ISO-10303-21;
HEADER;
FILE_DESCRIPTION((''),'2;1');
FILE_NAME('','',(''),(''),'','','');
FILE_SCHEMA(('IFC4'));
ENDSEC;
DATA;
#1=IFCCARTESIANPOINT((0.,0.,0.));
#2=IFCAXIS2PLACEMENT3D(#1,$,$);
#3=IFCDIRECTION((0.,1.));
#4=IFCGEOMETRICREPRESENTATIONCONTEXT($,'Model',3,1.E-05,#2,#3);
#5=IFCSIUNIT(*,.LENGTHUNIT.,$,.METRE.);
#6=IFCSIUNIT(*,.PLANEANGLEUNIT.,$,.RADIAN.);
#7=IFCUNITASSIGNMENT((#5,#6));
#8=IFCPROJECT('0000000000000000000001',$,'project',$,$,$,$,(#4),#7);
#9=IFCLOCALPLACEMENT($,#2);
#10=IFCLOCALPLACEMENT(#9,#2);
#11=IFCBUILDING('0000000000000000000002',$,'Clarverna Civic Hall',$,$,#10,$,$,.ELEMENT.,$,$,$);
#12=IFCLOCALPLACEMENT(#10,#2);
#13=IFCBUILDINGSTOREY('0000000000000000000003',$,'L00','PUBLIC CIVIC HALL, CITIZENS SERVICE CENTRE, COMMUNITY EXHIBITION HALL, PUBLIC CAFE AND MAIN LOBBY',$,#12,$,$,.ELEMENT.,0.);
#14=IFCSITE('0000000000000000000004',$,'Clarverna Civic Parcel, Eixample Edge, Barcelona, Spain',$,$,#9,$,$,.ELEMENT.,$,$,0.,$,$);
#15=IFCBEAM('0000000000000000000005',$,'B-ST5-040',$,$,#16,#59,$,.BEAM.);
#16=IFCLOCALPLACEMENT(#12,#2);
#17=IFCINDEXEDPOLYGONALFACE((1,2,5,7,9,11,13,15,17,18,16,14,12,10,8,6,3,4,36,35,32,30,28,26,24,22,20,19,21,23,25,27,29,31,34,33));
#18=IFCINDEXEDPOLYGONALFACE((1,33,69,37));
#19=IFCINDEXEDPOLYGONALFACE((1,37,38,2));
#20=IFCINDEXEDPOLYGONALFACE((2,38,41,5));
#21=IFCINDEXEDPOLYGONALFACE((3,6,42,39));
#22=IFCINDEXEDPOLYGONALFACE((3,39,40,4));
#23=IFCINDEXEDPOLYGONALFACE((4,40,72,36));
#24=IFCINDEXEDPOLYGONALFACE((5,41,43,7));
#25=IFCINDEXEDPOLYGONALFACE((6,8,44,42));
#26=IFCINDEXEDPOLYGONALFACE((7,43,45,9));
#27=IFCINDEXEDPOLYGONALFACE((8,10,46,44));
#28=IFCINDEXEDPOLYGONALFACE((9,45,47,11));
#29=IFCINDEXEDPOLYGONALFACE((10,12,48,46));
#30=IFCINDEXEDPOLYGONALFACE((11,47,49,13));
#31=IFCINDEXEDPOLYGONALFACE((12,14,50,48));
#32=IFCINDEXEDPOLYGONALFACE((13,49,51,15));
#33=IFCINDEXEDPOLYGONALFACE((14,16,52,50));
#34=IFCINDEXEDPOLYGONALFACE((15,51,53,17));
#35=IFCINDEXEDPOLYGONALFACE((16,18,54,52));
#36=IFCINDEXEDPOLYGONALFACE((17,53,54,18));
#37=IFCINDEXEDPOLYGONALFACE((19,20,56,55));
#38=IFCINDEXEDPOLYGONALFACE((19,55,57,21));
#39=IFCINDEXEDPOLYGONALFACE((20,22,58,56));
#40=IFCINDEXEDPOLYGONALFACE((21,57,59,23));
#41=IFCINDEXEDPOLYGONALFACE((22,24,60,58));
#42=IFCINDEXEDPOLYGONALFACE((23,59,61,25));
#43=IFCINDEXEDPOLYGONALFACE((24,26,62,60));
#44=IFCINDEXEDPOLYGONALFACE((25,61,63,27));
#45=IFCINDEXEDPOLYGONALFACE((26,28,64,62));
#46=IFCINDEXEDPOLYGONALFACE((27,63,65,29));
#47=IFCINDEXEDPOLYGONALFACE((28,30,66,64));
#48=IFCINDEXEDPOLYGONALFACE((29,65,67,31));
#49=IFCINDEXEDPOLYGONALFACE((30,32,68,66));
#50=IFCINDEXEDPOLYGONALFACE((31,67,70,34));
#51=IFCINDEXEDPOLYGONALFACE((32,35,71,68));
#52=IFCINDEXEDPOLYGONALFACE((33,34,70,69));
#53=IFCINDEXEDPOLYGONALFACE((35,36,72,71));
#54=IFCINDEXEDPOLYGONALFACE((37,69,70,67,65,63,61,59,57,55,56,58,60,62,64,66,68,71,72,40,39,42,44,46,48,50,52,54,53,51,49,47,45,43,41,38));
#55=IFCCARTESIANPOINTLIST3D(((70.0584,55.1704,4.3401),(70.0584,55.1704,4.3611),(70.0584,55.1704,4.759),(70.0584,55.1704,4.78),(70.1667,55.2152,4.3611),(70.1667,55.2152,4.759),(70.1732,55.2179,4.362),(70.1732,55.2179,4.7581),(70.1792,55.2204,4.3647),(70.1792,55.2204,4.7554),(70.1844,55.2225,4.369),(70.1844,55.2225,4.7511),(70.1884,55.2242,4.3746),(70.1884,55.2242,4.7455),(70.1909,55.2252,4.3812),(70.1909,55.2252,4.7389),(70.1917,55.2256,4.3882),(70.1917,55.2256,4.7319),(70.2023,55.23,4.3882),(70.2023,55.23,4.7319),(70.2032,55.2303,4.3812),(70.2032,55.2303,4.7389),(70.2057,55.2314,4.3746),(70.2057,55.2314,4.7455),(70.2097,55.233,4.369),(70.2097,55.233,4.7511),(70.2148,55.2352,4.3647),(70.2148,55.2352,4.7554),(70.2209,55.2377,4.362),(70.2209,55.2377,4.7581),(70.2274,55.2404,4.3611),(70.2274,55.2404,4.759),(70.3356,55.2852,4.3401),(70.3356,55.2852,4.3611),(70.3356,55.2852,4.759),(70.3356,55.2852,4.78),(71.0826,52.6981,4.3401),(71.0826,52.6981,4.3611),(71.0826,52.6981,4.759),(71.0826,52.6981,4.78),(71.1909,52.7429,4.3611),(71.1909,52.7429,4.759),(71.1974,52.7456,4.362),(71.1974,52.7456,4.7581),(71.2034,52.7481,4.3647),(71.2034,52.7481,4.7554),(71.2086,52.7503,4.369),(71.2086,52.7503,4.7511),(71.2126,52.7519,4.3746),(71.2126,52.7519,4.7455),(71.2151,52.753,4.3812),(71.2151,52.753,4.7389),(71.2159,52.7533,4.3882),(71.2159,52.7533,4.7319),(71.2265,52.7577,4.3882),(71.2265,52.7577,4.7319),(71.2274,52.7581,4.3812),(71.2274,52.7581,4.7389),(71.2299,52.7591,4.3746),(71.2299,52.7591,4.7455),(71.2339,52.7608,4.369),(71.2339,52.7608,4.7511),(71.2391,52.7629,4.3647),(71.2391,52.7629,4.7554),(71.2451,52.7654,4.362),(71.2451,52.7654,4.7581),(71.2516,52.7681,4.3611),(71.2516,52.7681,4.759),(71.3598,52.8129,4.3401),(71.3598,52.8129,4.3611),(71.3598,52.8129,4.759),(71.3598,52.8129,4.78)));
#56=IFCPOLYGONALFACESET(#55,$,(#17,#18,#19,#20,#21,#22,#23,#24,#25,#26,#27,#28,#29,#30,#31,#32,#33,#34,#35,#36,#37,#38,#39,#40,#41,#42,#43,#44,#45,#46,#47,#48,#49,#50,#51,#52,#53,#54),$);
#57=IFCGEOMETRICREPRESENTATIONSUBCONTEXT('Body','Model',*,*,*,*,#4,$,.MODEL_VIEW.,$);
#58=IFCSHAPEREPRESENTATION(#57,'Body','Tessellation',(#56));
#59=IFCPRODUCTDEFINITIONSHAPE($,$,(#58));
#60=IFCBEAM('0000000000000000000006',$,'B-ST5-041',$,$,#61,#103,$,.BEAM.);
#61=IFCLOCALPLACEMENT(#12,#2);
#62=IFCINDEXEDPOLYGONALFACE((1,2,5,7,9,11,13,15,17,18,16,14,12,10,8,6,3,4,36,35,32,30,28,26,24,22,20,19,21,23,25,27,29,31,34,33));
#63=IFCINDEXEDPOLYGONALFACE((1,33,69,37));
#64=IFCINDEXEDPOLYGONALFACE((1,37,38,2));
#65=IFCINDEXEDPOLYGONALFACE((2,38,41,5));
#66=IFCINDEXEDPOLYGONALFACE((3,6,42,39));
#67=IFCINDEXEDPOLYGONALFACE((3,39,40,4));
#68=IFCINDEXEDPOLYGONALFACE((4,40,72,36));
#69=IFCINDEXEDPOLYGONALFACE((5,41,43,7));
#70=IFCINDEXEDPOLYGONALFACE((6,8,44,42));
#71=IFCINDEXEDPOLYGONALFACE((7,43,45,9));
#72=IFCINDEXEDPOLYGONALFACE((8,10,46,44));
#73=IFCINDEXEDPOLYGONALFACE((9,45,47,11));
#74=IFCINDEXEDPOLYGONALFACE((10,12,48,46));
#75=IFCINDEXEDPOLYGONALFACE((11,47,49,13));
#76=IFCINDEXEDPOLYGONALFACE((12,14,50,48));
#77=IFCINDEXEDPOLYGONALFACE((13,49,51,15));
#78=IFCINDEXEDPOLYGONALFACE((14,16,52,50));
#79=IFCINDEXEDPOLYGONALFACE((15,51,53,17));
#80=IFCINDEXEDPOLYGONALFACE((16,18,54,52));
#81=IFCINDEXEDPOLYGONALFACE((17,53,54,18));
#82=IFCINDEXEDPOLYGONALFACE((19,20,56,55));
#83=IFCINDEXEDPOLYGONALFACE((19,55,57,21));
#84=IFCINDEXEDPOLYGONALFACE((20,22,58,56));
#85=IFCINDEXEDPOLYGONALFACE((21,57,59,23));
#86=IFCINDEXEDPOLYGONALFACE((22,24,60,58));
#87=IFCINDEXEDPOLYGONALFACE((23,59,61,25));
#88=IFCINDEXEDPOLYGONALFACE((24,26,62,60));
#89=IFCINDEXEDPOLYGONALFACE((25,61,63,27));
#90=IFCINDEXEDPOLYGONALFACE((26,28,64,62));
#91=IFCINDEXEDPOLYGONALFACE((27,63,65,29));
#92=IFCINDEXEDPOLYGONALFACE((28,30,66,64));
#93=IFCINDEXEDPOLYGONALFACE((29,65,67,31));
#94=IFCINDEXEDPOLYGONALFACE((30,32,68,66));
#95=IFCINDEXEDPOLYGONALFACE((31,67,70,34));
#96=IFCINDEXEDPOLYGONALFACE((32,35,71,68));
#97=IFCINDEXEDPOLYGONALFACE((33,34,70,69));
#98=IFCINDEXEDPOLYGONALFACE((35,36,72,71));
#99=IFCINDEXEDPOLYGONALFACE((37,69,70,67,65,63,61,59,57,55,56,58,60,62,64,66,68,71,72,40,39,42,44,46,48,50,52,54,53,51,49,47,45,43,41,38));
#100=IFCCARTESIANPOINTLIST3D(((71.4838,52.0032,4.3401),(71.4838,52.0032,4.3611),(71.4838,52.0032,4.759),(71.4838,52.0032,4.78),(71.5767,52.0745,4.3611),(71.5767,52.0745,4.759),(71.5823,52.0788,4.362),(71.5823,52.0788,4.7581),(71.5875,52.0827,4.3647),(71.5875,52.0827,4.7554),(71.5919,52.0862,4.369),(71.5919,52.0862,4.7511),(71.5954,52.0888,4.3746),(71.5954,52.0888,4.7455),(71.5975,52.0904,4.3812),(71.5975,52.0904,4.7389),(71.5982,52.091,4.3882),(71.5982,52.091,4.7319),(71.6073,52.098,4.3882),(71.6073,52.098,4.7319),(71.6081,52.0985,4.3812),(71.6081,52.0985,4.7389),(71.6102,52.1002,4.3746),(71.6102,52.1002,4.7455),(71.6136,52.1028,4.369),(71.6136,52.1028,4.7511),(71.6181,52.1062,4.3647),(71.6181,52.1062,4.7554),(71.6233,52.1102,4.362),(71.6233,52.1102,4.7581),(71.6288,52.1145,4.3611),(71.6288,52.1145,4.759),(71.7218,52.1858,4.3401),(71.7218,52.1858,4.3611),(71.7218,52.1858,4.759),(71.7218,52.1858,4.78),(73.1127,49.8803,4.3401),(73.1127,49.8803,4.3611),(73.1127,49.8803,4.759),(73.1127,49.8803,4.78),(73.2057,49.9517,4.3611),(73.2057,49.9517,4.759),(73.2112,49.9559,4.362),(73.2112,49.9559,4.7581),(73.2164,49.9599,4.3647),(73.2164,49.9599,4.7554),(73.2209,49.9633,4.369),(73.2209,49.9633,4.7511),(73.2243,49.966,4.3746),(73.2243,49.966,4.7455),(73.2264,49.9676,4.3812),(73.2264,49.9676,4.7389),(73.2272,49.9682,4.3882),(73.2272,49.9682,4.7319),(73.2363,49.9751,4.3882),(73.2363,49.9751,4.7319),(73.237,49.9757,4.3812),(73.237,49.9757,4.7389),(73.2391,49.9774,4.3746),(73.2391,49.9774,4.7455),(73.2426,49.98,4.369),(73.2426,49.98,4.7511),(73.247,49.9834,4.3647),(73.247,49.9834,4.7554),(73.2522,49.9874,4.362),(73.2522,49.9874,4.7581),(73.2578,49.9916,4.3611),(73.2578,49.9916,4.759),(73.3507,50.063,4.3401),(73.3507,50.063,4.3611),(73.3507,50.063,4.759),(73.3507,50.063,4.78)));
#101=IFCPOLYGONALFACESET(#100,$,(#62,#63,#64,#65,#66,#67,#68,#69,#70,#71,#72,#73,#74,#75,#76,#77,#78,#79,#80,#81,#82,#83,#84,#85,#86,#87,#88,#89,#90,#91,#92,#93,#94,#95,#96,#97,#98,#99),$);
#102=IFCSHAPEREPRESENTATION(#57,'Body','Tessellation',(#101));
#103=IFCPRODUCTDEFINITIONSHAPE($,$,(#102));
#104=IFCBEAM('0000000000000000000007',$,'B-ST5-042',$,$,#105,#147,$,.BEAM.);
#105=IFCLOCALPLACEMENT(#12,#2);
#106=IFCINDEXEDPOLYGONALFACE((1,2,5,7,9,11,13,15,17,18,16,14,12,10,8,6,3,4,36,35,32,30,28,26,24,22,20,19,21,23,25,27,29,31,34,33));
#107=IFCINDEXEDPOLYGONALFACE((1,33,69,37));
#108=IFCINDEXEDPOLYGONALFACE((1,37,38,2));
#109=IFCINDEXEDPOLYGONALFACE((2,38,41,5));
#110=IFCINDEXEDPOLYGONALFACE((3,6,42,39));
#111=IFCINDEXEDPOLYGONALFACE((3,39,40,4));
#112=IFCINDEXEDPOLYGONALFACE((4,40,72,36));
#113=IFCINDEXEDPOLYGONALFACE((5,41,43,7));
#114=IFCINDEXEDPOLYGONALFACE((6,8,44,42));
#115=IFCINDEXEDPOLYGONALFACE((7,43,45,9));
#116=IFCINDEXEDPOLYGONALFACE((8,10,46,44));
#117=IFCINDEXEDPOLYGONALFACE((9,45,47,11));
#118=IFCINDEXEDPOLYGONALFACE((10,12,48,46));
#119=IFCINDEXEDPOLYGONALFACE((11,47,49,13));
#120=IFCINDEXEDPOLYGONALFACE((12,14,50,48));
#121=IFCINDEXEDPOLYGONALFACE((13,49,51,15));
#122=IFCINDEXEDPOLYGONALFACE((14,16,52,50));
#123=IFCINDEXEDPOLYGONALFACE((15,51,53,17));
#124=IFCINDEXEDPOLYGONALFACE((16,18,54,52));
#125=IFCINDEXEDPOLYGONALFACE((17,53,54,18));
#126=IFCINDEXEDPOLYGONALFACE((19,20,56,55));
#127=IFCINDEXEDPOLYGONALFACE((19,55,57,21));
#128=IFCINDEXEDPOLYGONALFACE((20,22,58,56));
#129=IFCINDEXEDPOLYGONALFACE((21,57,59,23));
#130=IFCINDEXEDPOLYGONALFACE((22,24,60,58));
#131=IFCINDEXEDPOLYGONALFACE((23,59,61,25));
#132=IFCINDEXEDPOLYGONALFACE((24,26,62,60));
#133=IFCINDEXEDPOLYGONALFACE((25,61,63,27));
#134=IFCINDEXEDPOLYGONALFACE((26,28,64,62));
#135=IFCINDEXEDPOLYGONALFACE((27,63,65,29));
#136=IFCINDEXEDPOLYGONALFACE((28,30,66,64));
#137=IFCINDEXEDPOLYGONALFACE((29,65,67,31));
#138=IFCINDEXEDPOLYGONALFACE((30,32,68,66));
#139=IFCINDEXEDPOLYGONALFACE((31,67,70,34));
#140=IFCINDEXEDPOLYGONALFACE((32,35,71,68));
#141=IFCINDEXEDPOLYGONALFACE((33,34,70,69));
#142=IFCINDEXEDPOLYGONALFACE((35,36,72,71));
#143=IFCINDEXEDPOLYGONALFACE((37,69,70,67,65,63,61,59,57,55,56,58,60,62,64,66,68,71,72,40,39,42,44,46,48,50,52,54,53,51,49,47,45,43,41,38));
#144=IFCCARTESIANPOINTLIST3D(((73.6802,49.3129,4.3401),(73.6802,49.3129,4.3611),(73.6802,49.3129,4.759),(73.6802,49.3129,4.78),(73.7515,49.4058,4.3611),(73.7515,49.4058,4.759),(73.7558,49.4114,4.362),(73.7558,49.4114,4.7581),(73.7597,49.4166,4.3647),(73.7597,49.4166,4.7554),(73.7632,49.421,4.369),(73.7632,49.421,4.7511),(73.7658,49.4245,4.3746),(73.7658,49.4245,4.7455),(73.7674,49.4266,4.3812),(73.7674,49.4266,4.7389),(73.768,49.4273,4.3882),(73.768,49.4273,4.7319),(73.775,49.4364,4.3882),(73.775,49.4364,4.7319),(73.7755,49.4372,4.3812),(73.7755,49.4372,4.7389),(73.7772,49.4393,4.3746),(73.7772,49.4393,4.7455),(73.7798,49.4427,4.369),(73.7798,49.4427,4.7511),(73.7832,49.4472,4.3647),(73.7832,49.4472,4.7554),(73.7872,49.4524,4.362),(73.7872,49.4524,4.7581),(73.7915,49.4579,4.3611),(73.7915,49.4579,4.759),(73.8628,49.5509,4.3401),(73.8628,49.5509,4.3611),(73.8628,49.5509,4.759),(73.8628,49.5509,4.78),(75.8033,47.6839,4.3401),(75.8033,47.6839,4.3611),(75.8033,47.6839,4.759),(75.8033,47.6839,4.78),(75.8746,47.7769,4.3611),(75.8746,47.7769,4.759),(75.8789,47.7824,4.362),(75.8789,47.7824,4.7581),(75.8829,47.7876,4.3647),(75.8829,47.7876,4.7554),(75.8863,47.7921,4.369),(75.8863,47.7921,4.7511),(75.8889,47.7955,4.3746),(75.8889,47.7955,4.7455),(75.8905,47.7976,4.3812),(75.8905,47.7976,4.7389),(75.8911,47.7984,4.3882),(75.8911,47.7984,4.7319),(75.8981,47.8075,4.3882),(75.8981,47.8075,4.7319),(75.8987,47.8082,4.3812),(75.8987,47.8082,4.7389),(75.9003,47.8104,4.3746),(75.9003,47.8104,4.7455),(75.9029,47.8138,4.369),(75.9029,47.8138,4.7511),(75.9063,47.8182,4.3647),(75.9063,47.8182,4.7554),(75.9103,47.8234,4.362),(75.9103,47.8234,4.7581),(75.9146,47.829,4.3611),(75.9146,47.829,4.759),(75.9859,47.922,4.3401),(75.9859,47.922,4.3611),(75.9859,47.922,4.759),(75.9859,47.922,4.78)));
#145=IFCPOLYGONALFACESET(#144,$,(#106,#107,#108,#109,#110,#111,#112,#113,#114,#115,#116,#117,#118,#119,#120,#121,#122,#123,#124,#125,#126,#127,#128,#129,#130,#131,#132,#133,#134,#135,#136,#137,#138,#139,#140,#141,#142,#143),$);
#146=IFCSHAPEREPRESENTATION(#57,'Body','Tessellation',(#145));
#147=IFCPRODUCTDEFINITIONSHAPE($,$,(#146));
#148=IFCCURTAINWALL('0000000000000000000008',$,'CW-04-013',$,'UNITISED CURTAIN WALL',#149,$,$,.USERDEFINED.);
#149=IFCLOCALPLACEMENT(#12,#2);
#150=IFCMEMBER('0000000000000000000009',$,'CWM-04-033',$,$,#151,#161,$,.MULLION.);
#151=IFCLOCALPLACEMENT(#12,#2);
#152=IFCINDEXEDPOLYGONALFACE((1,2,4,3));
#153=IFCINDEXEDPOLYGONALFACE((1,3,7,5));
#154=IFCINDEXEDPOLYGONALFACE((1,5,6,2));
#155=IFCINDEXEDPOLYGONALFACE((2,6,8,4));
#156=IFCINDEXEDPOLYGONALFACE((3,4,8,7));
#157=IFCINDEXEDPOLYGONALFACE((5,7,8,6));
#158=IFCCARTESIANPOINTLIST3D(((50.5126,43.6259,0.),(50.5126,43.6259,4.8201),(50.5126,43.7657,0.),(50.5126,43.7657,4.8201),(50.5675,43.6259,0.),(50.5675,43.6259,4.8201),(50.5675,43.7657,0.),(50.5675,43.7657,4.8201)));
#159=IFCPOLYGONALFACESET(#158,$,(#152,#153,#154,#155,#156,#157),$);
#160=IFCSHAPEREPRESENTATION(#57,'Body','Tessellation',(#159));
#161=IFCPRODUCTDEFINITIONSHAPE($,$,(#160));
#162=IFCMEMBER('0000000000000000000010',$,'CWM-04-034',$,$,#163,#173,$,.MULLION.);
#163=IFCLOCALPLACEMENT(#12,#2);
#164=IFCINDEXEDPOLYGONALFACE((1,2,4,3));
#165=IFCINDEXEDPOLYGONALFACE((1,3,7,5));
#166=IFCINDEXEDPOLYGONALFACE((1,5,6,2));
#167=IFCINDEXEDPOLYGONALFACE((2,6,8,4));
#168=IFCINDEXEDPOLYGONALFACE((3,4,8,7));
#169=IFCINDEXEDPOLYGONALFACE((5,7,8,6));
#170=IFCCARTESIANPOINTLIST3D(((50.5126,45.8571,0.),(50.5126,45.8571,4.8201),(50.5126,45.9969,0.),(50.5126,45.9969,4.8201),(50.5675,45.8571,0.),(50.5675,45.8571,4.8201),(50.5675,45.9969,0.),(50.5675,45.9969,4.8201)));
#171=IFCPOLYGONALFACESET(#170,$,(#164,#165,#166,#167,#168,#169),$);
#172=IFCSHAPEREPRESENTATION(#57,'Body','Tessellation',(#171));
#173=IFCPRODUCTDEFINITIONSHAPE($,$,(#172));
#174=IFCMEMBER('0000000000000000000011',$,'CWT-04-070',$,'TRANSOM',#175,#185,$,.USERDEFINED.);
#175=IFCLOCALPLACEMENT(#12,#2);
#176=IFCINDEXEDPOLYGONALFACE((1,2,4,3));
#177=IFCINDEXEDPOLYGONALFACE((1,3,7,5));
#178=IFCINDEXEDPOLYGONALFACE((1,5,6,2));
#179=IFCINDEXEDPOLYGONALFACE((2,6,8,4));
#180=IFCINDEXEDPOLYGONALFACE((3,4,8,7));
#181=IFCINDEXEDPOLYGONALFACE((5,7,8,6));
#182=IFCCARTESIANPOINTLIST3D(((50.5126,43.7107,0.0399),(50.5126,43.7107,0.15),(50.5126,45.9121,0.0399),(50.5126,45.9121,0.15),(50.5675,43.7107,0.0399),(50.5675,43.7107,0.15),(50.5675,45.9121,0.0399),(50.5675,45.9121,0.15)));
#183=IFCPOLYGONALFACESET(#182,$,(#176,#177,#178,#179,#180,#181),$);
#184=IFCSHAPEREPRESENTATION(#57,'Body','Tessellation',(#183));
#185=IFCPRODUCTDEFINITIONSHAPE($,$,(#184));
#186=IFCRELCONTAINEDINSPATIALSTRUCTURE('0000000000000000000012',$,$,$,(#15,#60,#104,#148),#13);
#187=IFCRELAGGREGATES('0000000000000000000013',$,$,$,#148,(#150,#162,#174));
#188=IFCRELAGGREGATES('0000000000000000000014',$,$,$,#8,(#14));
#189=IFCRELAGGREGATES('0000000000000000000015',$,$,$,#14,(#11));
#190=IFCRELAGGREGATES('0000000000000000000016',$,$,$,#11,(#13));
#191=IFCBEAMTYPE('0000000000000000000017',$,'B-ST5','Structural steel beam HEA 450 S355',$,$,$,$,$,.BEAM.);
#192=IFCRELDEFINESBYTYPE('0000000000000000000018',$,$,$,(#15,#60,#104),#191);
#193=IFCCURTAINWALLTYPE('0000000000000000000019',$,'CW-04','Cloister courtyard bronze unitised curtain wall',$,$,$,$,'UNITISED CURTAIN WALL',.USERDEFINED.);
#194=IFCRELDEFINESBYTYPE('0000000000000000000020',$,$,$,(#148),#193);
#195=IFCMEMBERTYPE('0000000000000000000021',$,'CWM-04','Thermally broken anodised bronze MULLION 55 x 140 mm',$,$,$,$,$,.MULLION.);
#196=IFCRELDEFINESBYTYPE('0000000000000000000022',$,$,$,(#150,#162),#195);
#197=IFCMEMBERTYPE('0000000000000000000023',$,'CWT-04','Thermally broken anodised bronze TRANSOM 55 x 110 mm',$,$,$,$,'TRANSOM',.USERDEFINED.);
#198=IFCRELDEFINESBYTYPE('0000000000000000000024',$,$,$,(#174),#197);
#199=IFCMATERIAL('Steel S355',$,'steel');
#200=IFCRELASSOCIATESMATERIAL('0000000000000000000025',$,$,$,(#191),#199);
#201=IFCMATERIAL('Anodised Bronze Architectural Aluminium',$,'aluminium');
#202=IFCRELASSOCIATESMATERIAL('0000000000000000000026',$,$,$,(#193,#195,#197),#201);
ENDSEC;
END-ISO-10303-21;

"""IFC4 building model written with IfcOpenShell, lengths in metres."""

from ifc_helpers import new_model, si_unit, direction, frame, origin, origin_2d, place, context, subcontext, project, spatial, rectangle, i_section, extrude, material, material_profile, profile_set, type_object, element, aggregate, save


model = new_model("IFC4")

# Units and contexts
model_context = context("Model", 3, precision=1e-05, world=origin(), true_north=direction((0.0, 1.0)))
body_context = subcontext(model_context, "Body", "Model", "MODEL_VIEW")
ifc_project = project(units=[si_unit("LENGTHUNIT", "METRE"), si_unit("PLANEANGLEUNIT", "RADIAN")], contexts=[model_context])

# Site, building, storey
site_placement = place(None, origin())
site = spatial("IfcSite", under=ifc_project, at=site_placement, Name="Clarverna Civic Parcel, Eixample Edge, Barcelona, Spain", CompositionType="ELEMENT", RefElevation=0.0)
building_placement = place(site_placement, origin())
building = spatial("IfcBuilding", under=site, at=building_placement, Name="Clarverna Civic Hall", CompositionType="ELEMENT")
storey_placement = place(building_placement, origin())
storey = spatial("IfcBuildingStorey", under=building, at=storey_placement, Name="L00", Description="PUBLIC CIVIC HALL, CITIZENS SERVICE CENTRE, COMMUNITY EXHIBITION HALL, PUBLIC CAFE AND MAIN LOBBY", CompositionType="ELEMENT", Elevation=0.0)

# Beams
ifc_material_1 = material(Name="Steel S355", Category="steel")
ifc_material_profile_1 = material_profile(ifc_material_1, i_section(OverallWidth=0.3, OverallDepth=0.4399, WebThickness=0.0115, FlangeThickness=0.021, FilletRadius=0.0271, at=origin_2d()), Name="HEA 450")
ifc_profile_set_1 = profile_set([ifc_material_profile_1], Name="Steel S355")
beam_type_1 = type_object("IfcBeamType", Name="B-ST5", Description="Structural steel beam HEA 450 S355", PredefinedType="BEAM", material=ifc_profile_set_1)
beam_1_placement = place(storey_placement, frame((70.197, 55.2278, 4.5601), z_axis=(0.382736, -0.923858, 0.0), x_axis=(0.923858, 0.382736, 0.0)))
element("IfcBeam", 1, at=beam_1_placement, inside=storey, type_object=beam_type_1, Name="B-ST5-040", PredefinedType="BEAM", context=body_context, shape_type="SweptSolid", body=[
    extrude(i_section(OverallWidth=0.3, OverallDepth=0.4399, WebThickness=0.0115, FlangeThickness=0.021, FilletRadius=0.0271, at=origin_2d()), origin(), (0.0, 0.0, 1.0), 2.676),
])
beam_2_placement = place(storey_placement, frame((71.6028, 52.0945, 4.5601), z_axis=(0.608767, -0.793349, 0.0), x_axis=(0.793349, 0.608767, 0.0)))
element("IfcBeam", 2, at=beam_2_placement, inside=storey, type_object=beam_type_1, Name="B-ST5-041", PredefinedType="BEAM", context=body_context, shape_type="SweptSolid", body=[
    extrude(i_section(OverallWidth=0.3, OverallDepth=0.4399, WebThickness=0.0115, FlangeThickness=0.021, FilletRadius=0.0271, at=origin_2d()), origin(), (0.0, 0.0, 1.0), 2.6758),
])
beam_3_placement = place(storey_placement, frame((73.7715, 49.4319, 4.5601), z_axis=(0.793383, -0.608723, 0.0), x_axis=(0.608723, 0.793383, 0.0)))
element("IfcBeam", 3, at=beam_3_placement, inside=storey, type_object=beam_type_1, Name="B-ST5-042", PredefinedType="BEAM", context=body_context, shape_type="SweptSolid", body=[
    extrude(i_section(OverallWidth=0.3, OverallDepth=0.4399, WebThickness=0.0115, FlangeThickness=0.021, FilletRadius=0.0271, at=origin_2d()), origin(), (0.0, 0.0, 1.0), 2.676),
])

# Curtain wall, members
ifc_material_2 = material(Name="Anodised Bronze Architectural Aluminium", Category="aluminium")
curtain_wall_type = type_object("IfcCurtainWallType", Name="CW-04", Description="Cloister courtyard bronze unitised curtain wall", ElementType="UNITISED CURTAIN WALL", PredefinedType="USERDEFINED", material=ifc_material_2)
curtain_wall_placement = place(storey_placement, origin())
curtain_wall = element("IfcCurtainWall", 4, at=curtain_wall_placement, inside=storey, type_object=curtain_wall_type, Name="CW-04-013", ObjectType="UNITISED CURTAIN WALL", PredefinedType="USERDEFINED")
ifc_material_profile_2 = material_profile(ifc_material_2, rectangle(XDim=0.0549, YDim=0.1399, at=origin_2d()), Name="BRONZE 55x140")
ifc_profile_set_2 = profile_set([ifc_material_profile_2], Name="Anodised Bronze Architectural Aluminium")
member_type_1 = type_object("IfcMemberType", Name="CWM-04", Description="Thermally broken anodised bronze MULLION 55 x 140 mm", PredefinedType="MULLION", material=ifc_profile_set_2)
member_1_placement = place(storey_placement, frame((50.54, 43.6958, 0.0), z_axis=(0.0, 0.0, 1.0), x_axis=(1.0, 0.0, 0.0)))
member_1 = element("IfcMember", 5, at=member_1_placement, type_object=member_type_1, Name="CWM-04-033", PredefinedType="MULLION", context=body_context, shape_type="SweptSolid", body=[
    extrude(rectangle(XDim=0.0549, YDim=0.1399, at=origin_2d()), origin(), (0.0, 0.0, 1.0), 4.8201),
])
member_2_placement = place(storey_placement, frame((50.54, 45.927, 0.0), z_axis=(0.0, 0.0, 1.0), x_axis=(1.0, 0.0, 0.0)))
member_2 = element("IfcMember", 6, at=member_2_placement, type_object=member_type_1, Name="CWM-04-034", PredefinedType="MULLION", context=body_context, shape_type="SweptSolid", body=[
    extrude(rectangle(XDim=0.0549, YDim=0.1399, at=origin_2d()), origin(), (0.0, 0.0, 1.0), 4.8201),
])
ifc_material_profile_3 = material_profile(ifc_material_2, rectangle(XDim=0.0549, YDim=0.1101, at=origin_2d()), Name="BRONZE 55x110")
ifc_profile_set_3 = profile_set([ifc_material_profile_3], Name="Anodised Bronze Architectural Aluminium")
member_type_2 = type_object("IfcMemberType", Name="CWT-04", Description="Thermally broken anodised bronze TRANSOM 55 x 110 mm", ElementType="TRANSOM", PredefinedType="USERDEFINED", material=ifc_profile_set_3)
member_3_placement = place(storey_placement, frame((50.54, 43.7107, 0.095), z_axis=(0.0, 1.0, 0.0), x_axis=(-1.0, 0.0, 0.0)))
member_3 = element("IfcMember", 7, at=member_3_placement, type_object=member_type_2, Name="CWT-04-070", ObjectType="TRANSOM", PredefinedType="USERDEFINED", context=body_context, shape_type="SweptSolid", body=[
    extrude(rectangle(XDim=0.0549, YDim=0.1101, at=origin_2d()), origin(), (0.0, 0.0, 1.0), 2.2014),
])

aggregate(curtain_wall, [member_1, member_2, member_3])

save(model, "model.ifc")
